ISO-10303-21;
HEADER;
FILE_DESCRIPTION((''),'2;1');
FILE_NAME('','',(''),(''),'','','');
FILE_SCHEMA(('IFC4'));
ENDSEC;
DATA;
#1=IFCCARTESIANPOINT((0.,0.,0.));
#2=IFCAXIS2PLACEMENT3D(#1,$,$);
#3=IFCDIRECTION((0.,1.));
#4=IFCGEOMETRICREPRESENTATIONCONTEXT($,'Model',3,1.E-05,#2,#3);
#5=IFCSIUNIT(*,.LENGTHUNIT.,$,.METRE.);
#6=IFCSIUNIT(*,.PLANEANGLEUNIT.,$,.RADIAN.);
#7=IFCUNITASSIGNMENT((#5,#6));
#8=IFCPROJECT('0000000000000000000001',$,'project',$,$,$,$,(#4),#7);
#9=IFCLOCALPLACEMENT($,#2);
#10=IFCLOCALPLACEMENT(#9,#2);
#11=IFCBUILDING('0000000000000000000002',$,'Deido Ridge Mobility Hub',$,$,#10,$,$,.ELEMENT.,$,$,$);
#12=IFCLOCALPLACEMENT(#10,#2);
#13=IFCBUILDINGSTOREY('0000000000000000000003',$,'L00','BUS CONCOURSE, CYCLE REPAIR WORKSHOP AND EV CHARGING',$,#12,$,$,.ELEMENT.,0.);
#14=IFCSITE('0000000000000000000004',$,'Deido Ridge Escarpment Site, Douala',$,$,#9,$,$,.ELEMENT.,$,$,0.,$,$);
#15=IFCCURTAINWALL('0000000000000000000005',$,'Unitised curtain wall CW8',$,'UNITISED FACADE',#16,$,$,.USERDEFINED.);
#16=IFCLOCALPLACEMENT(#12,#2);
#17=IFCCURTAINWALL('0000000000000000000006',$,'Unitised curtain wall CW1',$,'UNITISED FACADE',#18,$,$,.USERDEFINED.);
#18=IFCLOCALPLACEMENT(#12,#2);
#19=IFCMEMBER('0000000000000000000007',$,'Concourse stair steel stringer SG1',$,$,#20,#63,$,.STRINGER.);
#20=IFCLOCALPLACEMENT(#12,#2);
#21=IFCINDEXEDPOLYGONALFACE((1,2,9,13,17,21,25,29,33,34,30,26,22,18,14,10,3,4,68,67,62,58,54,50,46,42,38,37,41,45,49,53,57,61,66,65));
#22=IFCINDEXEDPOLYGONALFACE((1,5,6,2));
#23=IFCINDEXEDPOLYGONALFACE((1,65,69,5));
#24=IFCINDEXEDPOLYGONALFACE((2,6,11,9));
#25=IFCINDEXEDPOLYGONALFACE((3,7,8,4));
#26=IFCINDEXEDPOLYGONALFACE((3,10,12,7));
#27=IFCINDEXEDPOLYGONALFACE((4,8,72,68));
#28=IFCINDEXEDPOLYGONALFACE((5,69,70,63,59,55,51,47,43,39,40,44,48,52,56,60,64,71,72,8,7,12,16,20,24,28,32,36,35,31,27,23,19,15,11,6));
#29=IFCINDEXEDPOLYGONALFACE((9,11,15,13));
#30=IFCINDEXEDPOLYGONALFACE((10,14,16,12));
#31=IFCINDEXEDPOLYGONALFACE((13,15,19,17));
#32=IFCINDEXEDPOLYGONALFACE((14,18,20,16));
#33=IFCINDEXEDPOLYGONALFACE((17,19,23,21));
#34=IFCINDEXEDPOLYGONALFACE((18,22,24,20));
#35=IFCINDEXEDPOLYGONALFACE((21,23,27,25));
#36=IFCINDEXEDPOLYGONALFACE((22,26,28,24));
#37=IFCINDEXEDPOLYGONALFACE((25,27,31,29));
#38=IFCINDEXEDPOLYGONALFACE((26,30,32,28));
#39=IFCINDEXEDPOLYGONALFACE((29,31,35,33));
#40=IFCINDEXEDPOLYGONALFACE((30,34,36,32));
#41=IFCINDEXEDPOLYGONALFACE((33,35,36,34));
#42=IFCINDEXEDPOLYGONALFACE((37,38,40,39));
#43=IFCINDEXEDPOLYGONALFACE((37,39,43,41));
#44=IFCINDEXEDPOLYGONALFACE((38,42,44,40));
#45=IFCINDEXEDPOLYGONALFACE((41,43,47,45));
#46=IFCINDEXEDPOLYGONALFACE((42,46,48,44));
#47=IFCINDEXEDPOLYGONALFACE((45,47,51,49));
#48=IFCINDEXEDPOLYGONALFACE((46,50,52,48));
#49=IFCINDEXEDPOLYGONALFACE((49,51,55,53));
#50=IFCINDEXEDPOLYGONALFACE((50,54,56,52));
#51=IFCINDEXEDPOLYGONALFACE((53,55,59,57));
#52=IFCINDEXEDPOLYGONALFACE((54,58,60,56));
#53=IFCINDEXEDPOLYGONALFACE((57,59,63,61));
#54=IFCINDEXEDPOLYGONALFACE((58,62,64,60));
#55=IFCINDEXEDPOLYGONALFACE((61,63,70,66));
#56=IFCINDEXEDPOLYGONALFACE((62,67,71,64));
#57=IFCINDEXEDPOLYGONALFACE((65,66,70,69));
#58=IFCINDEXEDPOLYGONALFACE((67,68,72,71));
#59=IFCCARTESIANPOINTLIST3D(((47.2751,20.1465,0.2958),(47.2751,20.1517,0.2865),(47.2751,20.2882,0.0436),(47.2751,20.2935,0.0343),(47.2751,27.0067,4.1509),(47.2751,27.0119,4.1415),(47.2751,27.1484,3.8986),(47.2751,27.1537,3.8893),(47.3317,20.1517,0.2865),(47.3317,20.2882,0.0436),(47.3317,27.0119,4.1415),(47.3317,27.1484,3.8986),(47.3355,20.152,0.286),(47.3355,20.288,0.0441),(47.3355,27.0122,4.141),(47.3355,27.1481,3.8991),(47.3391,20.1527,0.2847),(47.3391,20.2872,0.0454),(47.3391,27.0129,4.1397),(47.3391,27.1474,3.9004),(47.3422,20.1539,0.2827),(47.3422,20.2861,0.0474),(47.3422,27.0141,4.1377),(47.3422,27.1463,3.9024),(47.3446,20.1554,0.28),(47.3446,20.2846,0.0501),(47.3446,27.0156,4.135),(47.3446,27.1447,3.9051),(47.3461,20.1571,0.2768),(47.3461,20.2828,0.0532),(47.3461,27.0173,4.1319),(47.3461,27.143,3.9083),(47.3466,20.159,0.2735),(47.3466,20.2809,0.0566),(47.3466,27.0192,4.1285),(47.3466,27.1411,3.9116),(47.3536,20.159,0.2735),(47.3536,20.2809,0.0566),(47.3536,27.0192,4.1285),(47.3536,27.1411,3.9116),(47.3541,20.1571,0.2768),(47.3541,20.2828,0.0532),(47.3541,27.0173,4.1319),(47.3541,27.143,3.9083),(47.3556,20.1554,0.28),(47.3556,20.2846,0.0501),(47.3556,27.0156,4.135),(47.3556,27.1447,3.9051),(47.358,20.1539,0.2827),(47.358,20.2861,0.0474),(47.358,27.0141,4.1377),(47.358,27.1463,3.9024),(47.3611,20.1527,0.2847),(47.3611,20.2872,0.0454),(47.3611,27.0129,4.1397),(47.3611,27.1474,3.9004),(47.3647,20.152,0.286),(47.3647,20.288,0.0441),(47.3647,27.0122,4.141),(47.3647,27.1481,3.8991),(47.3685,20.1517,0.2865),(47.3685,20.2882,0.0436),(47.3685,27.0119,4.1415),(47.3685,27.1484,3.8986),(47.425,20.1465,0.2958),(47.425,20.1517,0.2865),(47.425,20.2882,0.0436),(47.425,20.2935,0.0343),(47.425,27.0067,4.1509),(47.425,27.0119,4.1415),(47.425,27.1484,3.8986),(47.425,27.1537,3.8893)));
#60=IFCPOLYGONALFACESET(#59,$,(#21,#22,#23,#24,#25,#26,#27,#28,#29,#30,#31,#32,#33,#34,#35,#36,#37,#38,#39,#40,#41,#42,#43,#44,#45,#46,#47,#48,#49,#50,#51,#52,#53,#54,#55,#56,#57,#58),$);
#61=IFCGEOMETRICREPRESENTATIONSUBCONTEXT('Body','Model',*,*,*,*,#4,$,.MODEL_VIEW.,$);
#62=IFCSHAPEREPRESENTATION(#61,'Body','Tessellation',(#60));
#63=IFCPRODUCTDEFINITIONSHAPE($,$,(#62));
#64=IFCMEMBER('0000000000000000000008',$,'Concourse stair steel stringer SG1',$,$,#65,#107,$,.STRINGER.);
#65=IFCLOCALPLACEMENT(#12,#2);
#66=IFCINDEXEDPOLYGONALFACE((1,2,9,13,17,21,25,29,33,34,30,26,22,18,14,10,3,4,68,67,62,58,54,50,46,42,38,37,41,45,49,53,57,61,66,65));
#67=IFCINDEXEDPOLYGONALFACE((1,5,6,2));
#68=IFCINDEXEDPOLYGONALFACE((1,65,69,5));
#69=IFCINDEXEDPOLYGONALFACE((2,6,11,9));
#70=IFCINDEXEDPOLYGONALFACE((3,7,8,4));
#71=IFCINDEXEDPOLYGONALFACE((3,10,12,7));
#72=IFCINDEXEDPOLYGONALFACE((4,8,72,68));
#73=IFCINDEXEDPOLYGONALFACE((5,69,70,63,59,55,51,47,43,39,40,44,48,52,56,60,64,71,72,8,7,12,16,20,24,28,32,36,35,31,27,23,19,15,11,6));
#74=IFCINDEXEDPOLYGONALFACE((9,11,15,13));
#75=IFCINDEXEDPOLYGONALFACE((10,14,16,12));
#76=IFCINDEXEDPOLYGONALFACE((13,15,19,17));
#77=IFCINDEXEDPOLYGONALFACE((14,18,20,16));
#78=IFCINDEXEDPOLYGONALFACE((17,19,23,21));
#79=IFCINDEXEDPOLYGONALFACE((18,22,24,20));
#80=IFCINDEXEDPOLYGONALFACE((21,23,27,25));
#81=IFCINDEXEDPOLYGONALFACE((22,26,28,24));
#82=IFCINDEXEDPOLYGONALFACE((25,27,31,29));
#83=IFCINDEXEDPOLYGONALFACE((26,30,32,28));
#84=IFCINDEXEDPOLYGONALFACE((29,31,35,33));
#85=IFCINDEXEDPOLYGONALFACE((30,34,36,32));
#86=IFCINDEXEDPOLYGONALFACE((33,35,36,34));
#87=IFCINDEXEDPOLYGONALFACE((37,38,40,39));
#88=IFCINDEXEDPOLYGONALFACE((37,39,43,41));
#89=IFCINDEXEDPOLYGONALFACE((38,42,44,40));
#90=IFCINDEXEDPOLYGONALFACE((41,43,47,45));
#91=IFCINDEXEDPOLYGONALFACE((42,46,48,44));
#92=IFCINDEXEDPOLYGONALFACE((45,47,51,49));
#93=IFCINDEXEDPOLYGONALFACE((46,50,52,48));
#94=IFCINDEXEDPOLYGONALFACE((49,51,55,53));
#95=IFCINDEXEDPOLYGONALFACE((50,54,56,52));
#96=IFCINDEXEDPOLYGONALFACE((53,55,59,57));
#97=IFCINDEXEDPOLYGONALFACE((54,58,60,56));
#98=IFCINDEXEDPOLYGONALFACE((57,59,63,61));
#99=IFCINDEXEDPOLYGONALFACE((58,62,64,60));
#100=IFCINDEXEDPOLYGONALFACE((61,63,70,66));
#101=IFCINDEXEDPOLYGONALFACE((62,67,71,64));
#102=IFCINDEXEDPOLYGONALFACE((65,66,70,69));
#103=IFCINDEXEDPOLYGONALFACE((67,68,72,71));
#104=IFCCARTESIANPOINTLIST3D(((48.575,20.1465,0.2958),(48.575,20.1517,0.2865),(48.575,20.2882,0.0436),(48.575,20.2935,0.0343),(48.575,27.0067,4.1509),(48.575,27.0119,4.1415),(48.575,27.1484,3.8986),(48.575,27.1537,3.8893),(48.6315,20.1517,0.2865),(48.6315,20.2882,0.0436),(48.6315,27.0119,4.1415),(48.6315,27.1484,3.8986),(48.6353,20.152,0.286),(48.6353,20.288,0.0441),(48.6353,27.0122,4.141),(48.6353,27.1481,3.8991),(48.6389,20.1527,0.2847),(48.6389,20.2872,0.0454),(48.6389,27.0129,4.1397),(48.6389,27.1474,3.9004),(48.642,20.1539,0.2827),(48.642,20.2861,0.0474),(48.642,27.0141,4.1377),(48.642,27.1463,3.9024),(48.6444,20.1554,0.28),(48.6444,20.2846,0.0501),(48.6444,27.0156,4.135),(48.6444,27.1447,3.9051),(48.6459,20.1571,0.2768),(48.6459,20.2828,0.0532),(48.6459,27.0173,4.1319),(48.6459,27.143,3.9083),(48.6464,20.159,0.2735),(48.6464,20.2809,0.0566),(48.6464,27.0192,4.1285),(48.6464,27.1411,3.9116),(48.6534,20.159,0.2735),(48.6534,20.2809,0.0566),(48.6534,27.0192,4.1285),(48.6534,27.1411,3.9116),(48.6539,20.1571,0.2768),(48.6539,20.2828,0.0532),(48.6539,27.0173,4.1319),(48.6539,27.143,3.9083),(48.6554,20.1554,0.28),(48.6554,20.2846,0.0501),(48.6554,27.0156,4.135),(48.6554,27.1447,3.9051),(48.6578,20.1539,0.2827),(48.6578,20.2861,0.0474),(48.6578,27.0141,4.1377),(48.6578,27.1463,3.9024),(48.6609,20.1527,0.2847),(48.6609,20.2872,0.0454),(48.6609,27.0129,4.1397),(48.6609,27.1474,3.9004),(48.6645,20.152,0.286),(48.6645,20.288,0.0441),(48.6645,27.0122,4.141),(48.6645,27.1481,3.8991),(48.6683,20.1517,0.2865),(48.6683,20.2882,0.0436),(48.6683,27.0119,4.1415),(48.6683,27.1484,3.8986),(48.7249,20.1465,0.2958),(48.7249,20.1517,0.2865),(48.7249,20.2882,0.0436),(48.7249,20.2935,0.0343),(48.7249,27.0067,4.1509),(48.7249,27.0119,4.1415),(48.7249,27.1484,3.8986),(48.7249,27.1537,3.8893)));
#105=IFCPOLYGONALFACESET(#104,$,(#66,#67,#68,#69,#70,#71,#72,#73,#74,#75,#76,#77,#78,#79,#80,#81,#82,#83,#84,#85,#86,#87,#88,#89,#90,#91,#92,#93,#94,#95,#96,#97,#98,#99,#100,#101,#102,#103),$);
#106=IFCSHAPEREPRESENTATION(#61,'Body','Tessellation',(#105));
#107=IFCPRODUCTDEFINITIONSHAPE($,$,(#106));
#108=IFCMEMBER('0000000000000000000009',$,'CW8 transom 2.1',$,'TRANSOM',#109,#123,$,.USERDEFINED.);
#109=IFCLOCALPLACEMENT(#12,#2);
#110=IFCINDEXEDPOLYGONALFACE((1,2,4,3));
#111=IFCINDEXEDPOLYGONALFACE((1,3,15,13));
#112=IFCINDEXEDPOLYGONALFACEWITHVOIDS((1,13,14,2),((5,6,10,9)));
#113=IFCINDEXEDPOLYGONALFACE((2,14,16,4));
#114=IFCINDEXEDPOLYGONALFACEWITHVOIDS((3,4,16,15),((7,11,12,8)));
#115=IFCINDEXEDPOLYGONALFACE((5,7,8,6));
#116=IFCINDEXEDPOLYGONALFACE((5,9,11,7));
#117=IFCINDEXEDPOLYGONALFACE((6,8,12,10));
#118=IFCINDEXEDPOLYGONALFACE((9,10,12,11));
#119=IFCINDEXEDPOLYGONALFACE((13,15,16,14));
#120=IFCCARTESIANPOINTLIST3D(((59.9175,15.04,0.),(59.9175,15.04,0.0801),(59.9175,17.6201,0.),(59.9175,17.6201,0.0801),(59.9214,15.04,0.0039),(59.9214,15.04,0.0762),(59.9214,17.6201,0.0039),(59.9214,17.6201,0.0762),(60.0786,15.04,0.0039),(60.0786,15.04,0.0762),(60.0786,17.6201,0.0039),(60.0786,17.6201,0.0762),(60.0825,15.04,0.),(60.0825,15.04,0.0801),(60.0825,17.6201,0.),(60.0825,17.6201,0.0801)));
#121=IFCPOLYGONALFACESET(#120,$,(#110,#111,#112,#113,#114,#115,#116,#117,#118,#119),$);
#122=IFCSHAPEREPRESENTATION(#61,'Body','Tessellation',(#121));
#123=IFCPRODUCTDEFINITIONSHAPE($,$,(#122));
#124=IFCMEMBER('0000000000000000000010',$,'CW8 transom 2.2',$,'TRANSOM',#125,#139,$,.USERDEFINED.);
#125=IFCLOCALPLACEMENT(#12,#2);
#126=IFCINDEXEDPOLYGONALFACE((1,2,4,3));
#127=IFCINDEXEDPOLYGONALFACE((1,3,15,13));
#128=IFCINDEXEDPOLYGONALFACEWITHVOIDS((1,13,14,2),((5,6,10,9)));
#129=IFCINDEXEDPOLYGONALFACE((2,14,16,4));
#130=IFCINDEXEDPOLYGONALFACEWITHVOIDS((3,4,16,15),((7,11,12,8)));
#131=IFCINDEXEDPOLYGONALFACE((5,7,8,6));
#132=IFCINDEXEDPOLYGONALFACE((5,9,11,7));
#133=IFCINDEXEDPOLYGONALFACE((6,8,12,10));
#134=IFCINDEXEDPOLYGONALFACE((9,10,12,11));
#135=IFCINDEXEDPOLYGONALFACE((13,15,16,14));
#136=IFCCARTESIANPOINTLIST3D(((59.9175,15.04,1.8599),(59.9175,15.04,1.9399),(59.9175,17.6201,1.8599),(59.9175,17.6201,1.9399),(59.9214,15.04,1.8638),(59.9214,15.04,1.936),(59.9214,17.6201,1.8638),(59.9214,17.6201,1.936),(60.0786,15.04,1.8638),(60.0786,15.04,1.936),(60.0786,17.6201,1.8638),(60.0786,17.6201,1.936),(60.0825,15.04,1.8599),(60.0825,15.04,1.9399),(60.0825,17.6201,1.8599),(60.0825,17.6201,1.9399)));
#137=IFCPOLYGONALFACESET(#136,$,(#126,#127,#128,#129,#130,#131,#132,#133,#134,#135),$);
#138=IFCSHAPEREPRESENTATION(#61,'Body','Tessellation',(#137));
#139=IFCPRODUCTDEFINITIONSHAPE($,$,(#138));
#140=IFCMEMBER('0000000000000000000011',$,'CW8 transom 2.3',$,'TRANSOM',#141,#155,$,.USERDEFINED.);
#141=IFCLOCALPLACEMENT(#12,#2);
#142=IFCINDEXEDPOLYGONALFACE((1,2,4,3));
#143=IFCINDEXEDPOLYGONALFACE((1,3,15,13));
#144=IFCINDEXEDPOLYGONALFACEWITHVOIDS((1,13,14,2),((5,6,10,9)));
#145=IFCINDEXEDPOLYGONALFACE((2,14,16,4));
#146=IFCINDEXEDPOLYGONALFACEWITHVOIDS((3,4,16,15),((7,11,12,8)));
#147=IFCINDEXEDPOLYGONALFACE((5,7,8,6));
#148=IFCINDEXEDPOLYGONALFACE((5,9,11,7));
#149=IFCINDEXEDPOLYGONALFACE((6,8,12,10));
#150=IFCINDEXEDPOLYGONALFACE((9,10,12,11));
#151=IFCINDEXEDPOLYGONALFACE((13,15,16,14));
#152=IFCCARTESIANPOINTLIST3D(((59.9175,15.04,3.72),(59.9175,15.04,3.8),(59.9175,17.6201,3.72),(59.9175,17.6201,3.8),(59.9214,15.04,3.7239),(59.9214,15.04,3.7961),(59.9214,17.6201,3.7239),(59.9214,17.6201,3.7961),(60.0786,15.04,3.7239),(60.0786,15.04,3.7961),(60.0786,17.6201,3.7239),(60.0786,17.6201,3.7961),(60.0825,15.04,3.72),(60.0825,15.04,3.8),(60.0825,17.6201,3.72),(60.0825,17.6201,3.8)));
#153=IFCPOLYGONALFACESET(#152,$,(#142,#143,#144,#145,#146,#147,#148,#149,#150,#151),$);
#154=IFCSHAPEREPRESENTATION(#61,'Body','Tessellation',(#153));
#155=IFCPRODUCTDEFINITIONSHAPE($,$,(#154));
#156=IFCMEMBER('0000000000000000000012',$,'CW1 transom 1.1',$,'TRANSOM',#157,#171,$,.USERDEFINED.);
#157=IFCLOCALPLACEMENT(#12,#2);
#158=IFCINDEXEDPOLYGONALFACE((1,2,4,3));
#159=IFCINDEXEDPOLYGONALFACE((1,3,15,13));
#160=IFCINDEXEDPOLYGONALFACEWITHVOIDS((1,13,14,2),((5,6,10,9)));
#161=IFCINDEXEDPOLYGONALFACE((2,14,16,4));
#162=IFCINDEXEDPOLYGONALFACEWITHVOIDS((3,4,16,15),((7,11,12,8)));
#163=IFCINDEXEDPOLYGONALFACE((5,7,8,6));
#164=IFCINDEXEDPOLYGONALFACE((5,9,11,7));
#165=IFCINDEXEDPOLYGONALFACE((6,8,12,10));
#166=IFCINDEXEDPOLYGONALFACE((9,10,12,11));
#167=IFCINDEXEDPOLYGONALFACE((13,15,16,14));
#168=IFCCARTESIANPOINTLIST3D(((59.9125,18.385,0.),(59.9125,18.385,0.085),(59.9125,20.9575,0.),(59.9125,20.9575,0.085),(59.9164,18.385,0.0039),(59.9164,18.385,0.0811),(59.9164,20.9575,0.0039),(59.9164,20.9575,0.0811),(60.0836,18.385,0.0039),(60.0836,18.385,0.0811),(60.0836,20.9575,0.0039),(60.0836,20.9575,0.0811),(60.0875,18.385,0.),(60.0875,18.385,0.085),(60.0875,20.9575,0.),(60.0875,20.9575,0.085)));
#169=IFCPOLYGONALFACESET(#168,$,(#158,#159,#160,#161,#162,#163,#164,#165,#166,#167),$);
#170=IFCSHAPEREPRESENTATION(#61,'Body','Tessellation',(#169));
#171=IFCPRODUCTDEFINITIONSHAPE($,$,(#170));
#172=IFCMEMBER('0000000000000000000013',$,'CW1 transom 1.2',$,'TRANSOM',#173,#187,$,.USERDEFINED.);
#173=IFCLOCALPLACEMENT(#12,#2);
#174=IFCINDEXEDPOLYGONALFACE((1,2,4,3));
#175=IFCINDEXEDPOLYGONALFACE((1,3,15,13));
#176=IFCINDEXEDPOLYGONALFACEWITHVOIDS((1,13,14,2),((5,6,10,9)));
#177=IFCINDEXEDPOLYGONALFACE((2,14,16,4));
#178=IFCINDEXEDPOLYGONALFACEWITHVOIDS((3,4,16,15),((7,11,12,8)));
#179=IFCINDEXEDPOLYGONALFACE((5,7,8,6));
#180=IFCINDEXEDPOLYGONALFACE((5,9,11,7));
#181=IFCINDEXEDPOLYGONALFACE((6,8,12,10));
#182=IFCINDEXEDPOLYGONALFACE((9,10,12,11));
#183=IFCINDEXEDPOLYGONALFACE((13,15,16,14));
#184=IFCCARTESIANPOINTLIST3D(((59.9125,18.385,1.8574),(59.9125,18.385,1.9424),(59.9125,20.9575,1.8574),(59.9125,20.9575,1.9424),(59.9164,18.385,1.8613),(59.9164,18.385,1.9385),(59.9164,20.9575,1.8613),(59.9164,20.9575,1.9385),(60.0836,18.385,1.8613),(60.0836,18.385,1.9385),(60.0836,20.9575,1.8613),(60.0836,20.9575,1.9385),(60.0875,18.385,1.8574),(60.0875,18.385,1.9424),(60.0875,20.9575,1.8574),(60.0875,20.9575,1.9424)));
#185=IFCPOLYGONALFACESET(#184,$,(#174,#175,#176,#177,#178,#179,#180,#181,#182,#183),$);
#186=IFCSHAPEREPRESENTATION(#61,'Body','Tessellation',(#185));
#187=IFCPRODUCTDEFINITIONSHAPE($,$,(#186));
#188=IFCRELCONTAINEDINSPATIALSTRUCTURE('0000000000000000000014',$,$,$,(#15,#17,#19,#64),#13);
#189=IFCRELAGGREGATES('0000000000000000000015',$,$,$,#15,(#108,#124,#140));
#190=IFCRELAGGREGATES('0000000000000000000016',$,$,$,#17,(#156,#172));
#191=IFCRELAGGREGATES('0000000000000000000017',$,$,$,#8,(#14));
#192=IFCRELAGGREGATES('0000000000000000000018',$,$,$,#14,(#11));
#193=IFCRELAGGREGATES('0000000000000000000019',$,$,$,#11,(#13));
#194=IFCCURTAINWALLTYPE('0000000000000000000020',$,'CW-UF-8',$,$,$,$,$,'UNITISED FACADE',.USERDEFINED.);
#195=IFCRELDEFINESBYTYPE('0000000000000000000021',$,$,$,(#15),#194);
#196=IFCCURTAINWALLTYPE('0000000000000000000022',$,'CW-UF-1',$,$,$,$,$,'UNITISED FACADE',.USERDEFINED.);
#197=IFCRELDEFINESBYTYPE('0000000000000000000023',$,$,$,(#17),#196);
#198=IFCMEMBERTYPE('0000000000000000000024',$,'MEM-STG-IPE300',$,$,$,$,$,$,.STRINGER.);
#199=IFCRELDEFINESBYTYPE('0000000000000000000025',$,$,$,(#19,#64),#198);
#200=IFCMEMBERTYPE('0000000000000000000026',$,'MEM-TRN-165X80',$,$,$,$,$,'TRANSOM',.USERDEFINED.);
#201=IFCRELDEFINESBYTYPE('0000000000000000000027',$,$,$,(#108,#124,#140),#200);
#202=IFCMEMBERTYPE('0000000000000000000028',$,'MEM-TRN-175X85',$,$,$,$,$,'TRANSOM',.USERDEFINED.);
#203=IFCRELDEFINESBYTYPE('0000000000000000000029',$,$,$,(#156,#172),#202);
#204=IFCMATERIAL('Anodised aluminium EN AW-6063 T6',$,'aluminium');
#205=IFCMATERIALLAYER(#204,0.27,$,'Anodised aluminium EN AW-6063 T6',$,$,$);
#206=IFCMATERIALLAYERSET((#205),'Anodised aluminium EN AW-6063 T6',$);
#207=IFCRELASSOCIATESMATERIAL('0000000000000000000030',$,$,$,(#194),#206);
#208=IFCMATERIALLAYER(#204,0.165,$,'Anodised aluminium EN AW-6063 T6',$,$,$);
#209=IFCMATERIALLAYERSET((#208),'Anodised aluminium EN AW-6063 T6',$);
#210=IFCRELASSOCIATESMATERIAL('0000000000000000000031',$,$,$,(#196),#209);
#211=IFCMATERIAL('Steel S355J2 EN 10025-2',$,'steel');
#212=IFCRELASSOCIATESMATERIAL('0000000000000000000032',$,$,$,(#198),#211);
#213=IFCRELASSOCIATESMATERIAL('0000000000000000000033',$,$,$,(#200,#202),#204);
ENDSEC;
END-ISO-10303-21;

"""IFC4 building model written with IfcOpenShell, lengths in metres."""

from ifc_helpers import new_model, si_unit, direction, frame, origin, origin_2d, place, context, subcontext, project, spatial, hollow_rectangle, i_section, extrude, material, layer, layer_set, material_profile, profile_set, type_object, element, aggregate, save


model = new_model("IFC4")

# Units and contexts
model_context = context("Model", 3, precision=1e-05, world=origin(), true_north=direction((0.0, 1.0)))
body_context = subcontext(model_context, "Body", "Model", "MODEL_VIEW")
ifc_project = project(units=[si_unit("LENGTHUNIT", "METRE"), si_unit("PLANEANGLEUNIT", "RADIAN")], contexts=[model_context])

# Site, building, storey
site_placement = place(None, origin())
site = spatial("IfcSite", under=ifc_project, at=site_placement, Name="Deido Ridge Escarpment Site, Douala", CompositionType="ELEMENT", RefElevation=0.0)
building_placement = place(site_placement, origin())
building = spatial("IfcBuilding", under=site, at=building_placement, Name="Deido Ridge Mobility Hub", CompositionType="ELEMENT")
storey_placement = place(building_placement, origin())
storey = spatial("IfcBuildingStorey", under=building, at=storey_placement, Name="L00", Description="BUS CONCOURSE, CYCLE REPAIR WORKSHOP AND EV CHARGING", CompositionType="ELEMENT", Elevation=0.0)

# Shared definitions
ifc_material_1 = material(Name="Steel S355J2 EN 10025-2", Category="steel")

# Curtain walls
ifc_material_2 = material(Name="Anodised aluminium EN AW-6063 T6", Category="aluminium")
ifc_layer_1 = layer(ifc_material_2, 0.27, Name="Anodised aluminium EN AW-6063 T6")
ifc_layer_set_1 = layer_set([ifc_layer_1], Name="Anodised aluminium EN AW-6063 T6")
curtain_wall_type_1 = type_object("IfcCurtainWallType", Name="CW-UF-8", ElementType="UNITISED FACADE", PredefinedType="USERDEFINED", material=ifc_layer_set_1)
curtain_wall_1_placement = place(storey_placement, origin())
curtain_wall_1 = element("IfcCurtainWall", 1, at=curtain_wall_1_placement, inside=storey, type_object=curtain_wall_type_1, Name="Unitised curtain wall CW8", ObjectType="UNITISED FACADE", PredefinedType="USERDEFINED")
ifc_layer_2 = layer(ifc_material_2, 0.165, Name="Anodised aluminium EN AW-6063 T6")
ifc_layer_set_2 = layer_set([ifc_layer_2], Name="Anodised aluminium EN AW-6063 T6")
curtain_wall_type_2 = type_object("IfcCurtainWallType", Name="CW-UF-1", ElementType="UNITISED FACADE", PredefinedType="USERDEFINED", material=ifc_layer_set_2)
curtain_wall_2_placement = place(storey_placement, origin())
curtain_wall_2 = element("IfcCurtainWall", 2, at=curtain_wall_2_placement, inside=storey, type_object=curtain_wall_type_2, Name="Unitised curtain wall CW1", ObjectType="UNITISED FACADE", PredefinedType="USERDEFINED")

# Members
ifc_material_profile_1 = material_profile(ifc_material_1, i_section(OverallWidth=0.1499, OverallDepth=0.3, WebThickness=0.0071, FlangeThickness=0.0107, FilletRadius=0.0149, at=origin_2d()), Name="IPE 300")
ifc_profile_set_1 = profile_set([ifc_material_profile_1], Name="Steel S355J2 EN 10025-2")
member_type_1 = type_object("IfcMemberType", Name="MEM-STG-IPE300", PredefinedType="STRINGER", material=ifc_profile_set_1)
for number, where, z_axis, x_axis, name in (
    (3, (47.3501, 20.22, 0.165), (0.0, 0.871783, 0.489891), (-1.0, 0.0, 0.0), "Concourse stair steel stringer SG1"),
    (4, (48.6499, 20.22, 0.165), (0.0, 0.871783, 0.489891), (-1.0, 0.0, 0.0), "Concourse stair steel stringer SG1"),
):
    element("IfcMember", number, at=place(storey_placement, frame(where, z_axis=z_axis, x_axis=x_axis)), inside=storey, type_object=member_type_1, Name=name, PredefinedType="STRINGER", context=body_context, shape_type="SweptSolid", body=[
        extrude(i_section(OverallWidth=0.1499, OverallDepth=0.3, WebThickness=0.0071, FlangeThickness=0.0107, FilletRadius=0.0149, at=origin_2d()), origin(), (0.0, 0.0, 1.0), 7.8691),
    ])

# Members
ifc_material_profile_2 = material_profile(ifc_material_2, hollow_rectangle(XDim=0.165, YDim=0.0801, WallThickness=0.0039, at=origin_2d()), Name="RHS 165x80x4")
ifc_profile_set_2 = profile_set([ifc_material_profile_2], Name="Anodised aluminium EN AW-6063 T6")
member_type_2 = type_object("IfcMemberType", Name="MEM-TRN-165X80", ElementType="TRANSOM", PredefinedType="USERDEFINED", material=ifc_profile_set_2)
member_1_placement = place(storey_placement, frame((60.0, 15.04, 0.04), z_axis=(0.0, 1.0, 0.0), x_axis=(-1.0, 0.0, 0.0)))
member_1 = element("IfcMember", 5, at=member_1_placement, type_object=member_type_2, Name="CW8 transom 2.1", ObjectType="TRANSOM", PredefinedType="USERDEFINED", context=body_context, shape_type="SweptSolid", body=[
    extrude(hollow_rectangle(XDim=0.165, YDim=0.0801, WallThickness=0.0039, at=origin_2d()), origin(), (0.0, 0.0, 1.0), 2.5801),
])
member_2_placement = place(storey_placement, frame((60.0, 15.04, 1.8999), z_axis=(0.0, 1.0, 0.0), x_axis=(-1.0, 0.0, 0.0)))
member_2 = element("IfcMember", 6, at=member_2_placement, type_object=member_type_2, Name="CW8 transom 2.2", ObjectType="TRANSOM", PredefinedType="USERDEFINED", context=body_context, shape_type="SweptSolid", body=[
    extrude(hollow_rectangle(XDim=0.165, YDim=0.0801, WallThickness=0.0039, at=origin_2d()), origin(), (0.0, 0.0, 1.0), 2.5801),
])
member_3_placement = place(storey_placement, frame((60.0, 15.04, 3.76), z_axis=(0.0, 1.0, 0.0), x_axis=(-1.0, 0.0, 0.0)))
member_3 = element("IfcMember", 7, at=member_3_placement, type_object=member_type_2, Name="CW8 transom 2.3", ObjectType="TRANSOM", PredefinedType="USERDEFINED", context=body_context, shape_type="SweptSolid", body=[
    extrude(hollow_rectangle(XDim=0.165, YDim=0.0801, WallThickness=0.0039, at=origin_2d()), origin(), (0.0, 0.0, 1.0), 2.5801),
])
ifc_material_profile_3 = material_profile(ifc_material_2, hollow_rectangle(XDim=0.175, YDim=0.085, WallThickness=0.0039, at=origin_2d()), Name="RHS 175x85x4")
ifc_profile_set_3 = profile_set([ifc_material_profile_3], Name="Anodised aluminium EN AW-6063 T6")
member_type_3 = type_object("IfcMemberType", Name="MEM-TRN-175X85", ElementType="TRANSOM", PredefinedType="USERDEFINED", material=ifc_profile_set_3)
member_4_placement = place(storey_placement, frame((60.0, 18.385, 0.0425), z_axis=(0.0, 1.0, 0.0), x_axis=(-1.0, 0.0, 0.0)))
member_4 = element("IfcMember", 8, at=member_4_placement, type_object=member_type_3, Name="CW1 transom 1.1", ObjectType="TRANSOM", PredefinedType="USERDEFINED", context=body_context, shape_type="SweptSolid", body=[
    extrude(hollow_rectangle(XDim=0.175, YDim=0.085, WallThickness=0.0039, at=origin_2d()), origin(), (0.0, 0.0, 1.0), 2.5725),
])
member_5_placement = place(storey_placement, frame((60.0, 18.385, 1.8999), z_axis=(0.0, 1.0, 0.0), x_axis=(-1.0, 0.0, 0.0)))
member_5 = element("IfcMember", 9, at=member_5_placement, type_object=member_type_3, Name="CW1 transom 1.2", ObjectType="TRANSOM", PredefinedType="USERDEFINED", context=body_context, shape_type="SweptSolid", body=[
    extrude(hollow_rectangle(XDim=0.175, YDim=0.085, WallThickness=0.0039, at=origin_2d()), origin(), (0.0, 0.0, 1.0), 2.5725),
])

aggregate(curtain_wall_1, [member_1, member_2, member_3])
aggregate(curtain_wall_2, [member_4, member_5])

save(model, "model.ifc")
